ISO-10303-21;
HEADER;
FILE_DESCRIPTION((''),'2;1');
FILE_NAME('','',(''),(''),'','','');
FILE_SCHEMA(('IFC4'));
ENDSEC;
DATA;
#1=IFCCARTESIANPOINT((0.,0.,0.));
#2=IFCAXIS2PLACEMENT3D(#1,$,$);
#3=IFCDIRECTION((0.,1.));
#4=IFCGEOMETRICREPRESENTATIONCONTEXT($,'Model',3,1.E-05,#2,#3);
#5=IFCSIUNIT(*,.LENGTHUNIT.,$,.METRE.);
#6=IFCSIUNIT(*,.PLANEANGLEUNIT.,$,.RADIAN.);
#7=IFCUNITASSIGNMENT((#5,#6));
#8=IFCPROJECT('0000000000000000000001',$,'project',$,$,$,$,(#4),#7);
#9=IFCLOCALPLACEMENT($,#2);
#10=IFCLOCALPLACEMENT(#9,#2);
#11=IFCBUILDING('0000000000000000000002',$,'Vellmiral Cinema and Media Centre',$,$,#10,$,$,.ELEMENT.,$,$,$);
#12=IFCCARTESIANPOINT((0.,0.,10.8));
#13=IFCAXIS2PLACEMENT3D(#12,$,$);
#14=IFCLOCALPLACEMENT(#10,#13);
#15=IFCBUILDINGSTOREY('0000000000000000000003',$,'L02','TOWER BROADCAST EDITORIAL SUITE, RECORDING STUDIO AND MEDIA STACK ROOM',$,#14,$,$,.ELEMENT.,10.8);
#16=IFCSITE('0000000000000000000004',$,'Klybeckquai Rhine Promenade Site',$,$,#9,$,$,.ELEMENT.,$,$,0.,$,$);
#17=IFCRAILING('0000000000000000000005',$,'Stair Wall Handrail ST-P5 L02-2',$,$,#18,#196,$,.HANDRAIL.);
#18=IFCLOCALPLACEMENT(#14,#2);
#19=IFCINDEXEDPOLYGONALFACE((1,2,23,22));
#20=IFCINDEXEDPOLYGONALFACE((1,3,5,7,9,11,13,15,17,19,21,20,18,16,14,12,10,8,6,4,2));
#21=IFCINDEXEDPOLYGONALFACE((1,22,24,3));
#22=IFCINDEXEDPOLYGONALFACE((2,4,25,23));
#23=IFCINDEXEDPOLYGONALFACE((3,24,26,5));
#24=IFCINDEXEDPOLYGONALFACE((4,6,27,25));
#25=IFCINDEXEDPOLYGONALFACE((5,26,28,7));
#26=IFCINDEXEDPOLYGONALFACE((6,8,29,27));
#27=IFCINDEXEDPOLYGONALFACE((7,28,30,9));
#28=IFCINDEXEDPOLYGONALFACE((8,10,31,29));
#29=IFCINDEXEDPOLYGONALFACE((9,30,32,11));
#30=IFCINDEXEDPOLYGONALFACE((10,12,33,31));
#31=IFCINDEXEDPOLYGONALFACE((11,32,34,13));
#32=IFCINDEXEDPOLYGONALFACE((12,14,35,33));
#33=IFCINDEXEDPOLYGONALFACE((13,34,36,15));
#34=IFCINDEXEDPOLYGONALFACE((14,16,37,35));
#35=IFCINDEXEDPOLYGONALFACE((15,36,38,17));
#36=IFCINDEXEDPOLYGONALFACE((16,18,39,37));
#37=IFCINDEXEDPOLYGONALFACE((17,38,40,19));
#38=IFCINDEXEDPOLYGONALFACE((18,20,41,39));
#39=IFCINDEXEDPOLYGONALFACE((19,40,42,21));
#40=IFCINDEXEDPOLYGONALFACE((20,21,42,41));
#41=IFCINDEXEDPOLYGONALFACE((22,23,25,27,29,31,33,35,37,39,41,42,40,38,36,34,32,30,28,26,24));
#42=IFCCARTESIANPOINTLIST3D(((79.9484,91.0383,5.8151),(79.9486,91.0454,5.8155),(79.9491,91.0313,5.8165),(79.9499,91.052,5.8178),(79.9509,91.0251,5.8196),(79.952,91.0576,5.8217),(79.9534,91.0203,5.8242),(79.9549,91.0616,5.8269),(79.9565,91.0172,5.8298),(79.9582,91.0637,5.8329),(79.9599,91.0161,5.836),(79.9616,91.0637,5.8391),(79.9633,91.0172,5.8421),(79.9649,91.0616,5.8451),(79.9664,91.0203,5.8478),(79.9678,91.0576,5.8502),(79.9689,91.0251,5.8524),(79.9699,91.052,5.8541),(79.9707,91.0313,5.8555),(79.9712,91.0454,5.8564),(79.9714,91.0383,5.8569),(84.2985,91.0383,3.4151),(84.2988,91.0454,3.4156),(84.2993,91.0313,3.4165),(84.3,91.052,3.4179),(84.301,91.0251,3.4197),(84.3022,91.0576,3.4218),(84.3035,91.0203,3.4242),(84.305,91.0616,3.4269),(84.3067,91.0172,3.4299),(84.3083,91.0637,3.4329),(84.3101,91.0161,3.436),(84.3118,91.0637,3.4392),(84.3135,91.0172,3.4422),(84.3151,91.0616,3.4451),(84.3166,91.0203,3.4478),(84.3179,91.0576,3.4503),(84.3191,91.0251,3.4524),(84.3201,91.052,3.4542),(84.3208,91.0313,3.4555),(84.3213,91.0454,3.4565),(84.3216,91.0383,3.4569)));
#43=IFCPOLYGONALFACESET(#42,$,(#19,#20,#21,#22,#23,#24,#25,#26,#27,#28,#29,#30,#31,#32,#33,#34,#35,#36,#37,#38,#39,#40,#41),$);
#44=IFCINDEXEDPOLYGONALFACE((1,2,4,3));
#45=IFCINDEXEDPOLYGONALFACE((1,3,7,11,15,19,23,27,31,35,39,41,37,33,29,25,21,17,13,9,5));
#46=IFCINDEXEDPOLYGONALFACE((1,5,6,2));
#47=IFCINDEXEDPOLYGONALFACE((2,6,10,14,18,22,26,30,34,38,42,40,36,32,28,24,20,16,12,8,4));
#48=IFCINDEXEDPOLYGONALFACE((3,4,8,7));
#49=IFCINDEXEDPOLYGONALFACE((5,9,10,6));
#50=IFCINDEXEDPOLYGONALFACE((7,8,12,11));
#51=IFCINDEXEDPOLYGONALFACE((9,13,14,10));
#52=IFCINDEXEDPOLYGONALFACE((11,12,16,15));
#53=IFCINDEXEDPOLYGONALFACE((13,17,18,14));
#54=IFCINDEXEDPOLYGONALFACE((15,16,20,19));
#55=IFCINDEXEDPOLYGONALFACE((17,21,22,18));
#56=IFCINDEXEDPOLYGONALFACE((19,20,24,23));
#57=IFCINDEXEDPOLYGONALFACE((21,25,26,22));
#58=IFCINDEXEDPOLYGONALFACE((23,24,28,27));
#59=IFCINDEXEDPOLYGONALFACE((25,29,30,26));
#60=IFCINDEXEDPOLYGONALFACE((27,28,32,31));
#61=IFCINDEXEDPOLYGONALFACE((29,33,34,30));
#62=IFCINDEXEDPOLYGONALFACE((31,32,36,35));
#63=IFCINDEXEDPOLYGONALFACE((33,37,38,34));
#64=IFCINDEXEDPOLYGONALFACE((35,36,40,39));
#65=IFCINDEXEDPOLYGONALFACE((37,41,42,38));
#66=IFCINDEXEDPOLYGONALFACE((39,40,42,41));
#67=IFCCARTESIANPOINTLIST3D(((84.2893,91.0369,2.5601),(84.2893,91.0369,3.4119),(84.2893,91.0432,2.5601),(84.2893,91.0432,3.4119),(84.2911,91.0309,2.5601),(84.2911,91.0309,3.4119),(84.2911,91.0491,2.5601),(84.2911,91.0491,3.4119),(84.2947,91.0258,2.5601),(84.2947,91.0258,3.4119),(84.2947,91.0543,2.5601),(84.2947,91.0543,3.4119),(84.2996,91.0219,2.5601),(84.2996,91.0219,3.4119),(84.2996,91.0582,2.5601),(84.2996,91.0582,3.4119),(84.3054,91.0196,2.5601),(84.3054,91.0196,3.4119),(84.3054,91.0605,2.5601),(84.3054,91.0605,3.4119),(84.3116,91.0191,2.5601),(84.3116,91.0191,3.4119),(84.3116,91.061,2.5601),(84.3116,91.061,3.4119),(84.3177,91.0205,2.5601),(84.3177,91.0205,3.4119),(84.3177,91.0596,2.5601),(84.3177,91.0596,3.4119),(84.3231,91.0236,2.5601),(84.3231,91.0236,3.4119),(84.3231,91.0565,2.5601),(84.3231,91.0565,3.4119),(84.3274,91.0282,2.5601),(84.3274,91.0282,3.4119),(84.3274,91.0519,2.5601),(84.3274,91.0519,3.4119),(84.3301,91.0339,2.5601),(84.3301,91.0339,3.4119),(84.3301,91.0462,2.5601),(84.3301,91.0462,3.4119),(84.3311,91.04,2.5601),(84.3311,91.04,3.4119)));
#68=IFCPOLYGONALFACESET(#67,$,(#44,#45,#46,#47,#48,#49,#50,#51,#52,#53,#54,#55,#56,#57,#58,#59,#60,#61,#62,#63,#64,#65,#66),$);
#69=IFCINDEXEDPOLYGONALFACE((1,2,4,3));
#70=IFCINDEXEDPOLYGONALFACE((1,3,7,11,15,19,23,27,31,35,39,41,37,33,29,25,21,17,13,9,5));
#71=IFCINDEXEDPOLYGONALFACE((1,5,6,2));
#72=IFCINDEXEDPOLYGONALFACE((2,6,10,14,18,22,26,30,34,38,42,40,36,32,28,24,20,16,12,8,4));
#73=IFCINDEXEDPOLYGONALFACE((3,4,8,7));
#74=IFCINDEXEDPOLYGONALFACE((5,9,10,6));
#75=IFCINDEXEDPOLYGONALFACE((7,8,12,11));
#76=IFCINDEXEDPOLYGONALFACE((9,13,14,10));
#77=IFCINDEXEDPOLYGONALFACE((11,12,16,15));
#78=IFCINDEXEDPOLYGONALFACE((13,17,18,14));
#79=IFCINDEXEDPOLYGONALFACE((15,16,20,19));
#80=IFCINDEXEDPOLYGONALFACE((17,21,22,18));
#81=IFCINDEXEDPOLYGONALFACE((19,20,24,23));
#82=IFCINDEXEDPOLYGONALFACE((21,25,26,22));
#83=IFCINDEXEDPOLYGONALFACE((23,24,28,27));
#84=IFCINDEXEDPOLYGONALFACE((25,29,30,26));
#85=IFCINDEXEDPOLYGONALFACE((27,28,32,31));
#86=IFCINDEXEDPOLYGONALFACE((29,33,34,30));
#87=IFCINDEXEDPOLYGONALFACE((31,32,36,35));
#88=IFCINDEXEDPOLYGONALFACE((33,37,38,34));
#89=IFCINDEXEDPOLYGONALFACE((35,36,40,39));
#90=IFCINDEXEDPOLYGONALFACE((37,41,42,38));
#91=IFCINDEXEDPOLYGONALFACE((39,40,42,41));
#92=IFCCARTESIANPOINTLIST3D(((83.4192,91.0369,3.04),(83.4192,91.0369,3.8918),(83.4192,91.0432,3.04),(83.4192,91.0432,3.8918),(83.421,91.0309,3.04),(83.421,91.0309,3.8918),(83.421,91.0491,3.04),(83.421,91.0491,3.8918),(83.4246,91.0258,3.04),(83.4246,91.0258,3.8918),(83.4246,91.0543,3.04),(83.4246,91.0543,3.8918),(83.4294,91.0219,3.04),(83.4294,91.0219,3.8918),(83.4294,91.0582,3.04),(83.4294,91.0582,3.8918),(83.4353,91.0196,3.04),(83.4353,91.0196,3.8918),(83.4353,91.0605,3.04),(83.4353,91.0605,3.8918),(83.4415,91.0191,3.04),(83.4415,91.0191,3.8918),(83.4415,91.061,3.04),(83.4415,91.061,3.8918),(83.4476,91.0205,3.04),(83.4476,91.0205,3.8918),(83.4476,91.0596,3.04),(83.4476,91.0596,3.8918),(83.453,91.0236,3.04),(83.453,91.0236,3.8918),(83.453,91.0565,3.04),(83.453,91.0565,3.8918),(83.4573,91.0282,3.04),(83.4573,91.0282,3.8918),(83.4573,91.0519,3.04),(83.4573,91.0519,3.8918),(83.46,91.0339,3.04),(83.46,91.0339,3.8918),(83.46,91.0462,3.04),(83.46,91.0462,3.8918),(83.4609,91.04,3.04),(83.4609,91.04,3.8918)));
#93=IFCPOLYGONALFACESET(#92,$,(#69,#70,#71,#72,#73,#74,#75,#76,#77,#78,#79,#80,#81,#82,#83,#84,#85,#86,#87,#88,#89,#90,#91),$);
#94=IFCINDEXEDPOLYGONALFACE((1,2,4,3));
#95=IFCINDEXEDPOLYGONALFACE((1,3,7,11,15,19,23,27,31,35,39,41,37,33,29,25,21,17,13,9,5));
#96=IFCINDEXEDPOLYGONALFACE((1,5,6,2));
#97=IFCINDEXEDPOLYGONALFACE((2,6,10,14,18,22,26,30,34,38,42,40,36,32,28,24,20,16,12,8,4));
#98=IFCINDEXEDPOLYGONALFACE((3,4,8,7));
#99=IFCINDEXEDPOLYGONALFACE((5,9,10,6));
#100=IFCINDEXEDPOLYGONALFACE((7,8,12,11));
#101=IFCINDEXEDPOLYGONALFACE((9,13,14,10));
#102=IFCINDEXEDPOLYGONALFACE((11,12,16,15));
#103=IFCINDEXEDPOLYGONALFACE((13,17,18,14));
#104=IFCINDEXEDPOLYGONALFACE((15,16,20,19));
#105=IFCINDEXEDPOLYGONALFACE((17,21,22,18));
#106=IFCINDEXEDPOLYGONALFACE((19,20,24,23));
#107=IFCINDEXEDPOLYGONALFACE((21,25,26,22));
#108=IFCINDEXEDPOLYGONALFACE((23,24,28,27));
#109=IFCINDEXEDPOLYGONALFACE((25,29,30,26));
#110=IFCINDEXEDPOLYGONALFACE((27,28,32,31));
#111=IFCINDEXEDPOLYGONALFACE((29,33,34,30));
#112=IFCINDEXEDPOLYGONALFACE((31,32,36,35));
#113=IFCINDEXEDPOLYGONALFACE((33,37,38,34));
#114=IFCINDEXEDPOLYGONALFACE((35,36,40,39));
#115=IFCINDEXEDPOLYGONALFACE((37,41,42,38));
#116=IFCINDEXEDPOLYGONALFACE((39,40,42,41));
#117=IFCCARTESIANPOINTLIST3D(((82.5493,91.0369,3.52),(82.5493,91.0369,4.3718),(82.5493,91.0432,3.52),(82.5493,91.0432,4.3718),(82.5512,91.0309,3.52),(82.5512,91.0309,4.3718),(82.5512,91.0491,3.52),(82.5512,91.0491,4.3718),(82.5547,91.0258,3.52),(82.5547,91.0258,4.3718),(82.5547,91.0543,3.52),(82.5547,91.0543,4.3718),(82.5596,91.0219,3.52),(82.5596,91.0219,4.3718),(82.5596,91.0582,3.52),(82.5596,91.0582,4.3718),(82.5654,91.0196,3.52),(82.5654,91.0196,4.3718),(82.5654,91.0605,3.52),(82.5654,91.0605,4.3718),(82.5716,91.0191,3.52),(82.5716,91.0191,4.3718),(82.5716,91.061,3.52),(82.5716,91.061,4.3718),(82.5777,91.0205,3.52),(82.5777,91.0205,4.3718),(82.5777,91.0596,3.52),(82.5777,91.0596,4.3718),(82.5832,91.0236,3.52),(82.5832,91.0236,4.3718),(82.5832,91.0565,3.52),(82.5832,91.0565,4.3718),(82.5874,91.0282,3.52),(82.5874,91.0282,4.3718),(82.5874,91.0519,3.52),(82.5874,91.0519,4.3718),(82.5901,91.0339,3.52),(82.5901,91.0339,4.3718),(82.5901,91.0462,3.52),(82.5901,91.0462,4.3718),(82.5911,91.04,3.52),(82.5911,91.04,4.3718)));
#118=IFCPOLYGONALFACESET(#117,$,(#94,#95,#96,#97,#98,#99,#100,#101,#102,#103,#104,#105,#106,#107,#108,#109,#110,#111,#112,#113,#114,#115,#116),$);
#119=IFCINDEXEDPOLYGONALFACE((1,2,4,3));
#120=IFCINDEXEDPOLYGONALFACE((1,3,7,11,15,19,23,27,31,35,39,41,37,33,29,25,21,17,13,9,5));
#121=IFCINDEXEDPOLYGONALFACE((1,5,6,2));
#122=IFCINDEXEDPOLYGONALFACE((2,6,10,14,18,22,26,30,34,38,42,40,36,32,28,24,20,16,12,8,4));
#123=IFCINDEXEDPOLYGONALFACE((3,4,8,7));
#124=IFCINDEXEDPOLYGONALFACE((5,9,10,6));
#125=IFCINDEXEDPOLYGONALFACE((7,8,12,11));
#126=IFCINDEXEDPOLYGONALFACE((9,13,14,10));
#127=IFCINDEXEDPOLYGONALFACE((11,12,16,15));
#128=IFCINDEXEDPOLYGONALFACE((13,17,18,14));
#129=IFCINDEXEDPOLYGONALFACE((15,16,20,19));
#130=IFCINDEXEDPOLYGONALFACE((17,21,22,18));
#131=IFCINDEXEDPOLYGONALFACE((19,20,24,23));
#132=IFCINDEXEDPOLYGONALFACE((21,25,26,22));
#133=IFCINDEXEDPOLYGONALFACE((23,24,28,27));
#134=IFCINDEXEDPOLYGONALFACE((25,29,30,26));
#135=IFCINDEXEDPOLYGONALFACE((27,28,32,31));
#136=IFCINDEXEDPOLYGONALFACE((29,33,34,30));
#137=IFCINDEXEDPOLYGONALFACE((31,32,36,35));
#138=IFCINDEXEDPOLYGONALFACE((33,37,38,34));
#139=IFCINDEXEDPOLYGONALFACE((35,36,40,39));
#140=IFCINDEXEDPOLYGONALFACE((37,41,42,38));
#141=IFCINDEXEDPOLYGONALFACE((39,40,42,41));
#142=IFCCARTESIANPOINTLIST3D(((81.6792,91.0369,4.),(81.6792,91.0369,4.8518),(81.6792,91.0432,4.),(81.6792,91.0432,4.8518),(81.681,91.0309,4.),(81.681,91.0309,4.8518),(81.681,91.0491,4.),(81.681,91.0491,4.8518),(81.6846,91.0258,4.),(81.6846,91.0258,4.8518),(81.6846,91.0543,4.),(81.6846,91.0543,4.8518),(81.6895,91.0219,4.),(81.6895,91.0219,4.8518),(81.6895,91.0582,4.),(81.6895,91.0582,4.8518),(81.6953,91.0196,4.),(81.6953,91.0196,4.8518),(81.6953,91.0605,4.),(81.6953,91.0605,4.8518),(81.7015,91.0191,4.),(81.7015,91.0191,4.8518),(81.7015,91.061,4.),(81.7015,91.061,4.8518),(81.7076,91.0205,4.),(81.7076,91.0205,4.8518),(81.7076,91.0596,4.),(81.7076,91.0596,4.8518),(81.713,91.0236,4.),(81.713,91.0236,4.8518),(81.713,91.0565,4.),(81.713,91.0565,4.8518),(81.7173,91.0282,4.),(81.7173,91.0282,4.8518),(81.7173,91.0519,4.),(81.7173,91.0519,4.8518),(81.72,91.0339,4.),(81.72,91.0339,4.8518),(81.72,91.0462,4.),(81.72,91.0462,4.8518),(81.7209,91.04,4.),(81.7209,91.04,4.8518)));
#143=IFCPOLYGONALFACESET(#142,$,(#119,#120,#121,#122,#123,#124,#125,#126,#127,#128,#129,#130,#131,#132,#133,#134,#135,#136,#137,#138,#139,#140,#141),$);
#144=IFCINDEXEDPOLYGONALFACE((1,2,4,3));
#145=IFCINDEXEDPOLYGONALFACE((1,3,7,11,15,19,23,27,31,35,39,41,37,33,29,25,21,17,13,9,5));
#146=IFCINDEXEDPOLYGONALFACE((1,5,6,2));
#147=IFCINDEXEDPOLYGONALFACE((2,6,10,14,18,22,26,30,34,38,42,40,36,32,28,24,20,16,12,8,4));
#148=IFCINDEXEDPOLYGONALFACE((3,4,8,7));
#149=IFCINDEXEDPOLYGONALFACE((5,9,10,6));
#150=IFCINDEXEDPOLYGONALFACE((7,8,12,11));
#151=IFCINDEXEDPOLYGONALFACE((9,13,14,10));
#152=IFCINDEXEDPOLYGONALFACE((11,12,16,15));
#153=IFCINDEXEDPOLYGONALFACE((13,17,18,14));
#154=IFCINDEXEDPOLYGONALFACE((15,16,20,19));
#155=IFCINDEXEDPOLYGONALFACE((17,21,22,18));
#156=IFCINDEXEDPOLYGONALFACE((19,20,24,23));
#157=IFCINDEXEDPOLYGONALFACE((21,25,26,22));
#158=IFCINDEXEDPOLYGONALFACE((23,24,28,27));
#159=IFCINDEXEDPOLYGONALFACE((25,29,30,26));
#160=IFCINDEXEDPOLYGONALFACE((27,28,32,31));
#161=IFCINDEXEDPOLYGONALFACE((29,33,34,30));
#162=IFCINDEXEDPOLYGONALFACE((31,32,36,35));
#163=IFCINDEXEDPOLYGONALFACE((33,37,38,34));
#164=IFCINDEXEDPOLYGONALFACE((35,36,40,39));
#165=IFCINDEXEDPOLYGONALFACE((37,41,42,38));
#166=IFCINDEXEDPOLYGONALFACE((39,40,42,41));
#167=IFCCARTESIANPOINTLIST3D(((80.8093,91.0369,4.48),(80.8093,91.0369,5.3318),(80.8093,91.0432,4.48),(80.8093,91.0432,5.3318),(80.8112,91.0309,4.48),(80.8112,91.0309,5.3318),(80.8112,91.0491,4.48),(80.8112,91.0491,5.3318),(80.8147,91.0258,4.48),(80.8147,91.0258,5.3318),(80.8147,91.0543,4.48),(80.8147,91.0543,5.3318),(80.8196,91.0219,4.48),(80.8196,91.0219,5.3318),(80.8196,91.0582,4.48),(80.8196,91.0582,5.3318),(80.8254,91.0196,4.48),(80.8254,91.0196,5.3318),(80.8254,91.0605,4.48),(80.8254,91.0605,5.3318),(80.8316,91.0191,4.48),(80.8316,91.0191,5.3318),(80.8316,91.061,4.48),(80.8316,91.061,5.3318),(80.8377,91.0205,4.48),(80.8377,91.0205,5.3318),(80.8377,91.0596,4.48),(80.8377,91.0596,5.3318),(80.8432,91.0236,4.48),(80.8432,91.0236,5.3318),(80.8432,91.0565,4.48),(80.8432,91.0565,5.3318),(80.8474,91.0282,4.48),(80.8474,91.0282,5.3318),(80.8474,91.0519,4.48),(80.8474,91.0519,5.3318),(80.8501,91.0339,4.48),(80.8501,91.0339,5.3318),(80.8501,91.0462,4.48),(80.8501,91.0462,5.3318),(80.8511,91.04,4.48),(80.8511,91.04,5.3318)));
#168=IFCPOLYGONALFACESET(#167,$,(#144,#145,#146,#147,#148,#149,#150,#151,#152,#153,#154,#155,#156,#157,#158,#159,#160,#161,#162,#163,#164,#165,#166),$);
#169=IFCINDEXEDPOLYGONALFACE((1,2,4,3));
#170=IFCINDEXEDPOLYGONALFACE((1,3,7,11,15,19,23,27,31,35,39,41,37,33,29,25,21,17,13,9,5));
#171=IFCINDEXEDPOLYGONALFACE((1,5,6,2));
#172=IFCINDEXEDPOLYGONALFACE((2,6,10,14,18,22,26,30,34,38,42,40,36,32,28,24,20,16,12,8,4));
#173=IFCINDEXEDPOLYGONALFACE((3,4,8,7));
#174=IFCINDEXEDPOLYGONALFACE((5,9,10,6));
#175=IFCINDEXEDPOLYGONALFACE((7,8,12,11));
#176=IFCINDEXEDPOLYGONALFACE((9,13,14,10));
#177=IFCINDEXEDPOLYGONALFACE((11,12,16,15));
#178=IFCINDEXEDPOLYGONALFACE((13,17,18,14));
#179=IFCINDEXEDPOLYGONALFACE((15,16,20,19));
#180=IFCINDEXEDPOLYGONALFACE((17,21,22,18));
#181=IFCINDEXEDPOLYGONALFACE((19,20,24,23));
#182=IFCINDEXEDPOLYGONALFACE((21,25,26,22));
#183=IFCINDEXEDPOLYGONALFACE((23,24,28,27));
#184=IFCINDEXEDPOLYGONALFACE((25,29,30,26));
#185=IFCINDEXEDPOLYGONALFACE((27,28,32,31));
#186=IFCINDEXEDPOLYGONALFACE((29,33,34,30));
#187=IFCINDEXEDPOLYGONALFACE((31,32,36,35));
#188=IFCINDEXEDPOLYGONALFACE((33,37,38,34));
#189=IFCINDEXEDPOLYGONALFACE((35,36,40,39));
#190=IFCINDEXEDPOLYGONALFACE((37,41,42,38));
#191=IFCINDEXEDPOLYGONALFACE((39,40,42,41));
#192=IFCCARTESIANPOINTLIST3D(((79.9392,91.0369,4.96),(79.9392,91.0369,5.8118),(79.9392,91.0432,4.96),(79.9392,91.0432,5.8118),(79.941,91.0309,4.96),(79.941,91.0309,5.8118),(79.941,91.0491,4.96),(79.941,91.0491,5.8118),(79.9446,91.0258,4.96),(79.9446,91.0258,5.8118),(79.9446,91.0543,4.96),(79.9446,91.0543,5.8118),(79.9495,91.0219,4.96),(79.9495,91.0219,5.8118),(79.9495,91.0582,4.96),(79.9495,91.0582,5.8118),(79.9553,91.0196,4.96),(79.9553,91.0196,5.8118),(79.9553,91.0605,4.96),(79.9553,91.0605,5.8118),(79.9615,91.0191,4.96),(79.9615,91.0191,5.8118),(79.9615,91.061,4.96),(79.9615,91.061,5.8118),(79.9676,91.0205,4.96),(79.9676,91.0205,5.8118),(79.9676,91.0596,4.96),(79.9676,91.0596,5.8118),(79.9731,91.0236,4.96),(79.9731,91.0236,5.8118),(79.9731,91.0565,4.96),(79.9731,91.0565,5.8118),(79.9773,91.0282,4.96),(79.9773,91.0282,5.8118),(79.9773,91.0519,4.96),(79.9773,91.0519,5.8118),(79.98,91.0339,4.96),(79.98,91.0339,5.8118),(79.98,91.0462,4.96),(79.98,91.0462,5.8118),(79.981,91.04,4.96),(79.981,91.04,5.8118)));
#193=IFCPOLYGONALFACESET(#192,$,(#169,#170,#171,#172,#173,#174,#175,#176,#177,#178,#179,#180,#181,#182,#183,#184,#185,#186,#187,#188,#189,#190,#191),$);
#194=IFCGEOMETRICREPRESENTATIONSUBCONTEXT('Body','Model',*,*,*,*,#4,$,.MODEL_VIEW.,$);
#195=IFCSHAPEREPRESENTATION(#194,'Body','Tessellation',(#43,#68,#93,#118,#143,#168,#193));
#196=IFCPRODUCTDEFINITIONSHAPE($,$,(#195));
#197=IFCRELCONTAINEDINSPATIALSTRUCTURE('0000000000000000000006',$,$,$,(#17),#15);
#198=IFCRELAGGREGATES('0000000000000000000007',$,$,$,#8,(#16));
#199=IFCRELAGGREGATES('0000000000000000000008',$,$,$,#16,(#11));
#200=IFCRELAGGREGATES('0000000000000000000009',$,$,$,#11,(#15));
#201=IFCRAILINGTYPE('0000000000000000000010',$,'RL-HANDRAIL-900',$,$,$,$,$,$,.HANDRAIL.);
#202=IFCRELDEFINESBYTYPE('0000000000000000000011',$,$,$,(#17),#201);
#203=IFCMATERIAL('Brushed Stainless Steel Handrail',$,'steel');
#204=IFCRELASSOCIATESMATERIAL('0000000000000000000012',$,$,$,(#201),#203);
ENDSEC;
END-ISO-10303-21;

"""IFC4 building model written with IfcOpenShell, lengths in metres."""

from ifc_helpers import new_model, si_unit, direction, frame, origin, origin_2d, place, context, subcontext, project, spatial, circle, extrude, material, type_object, element, save


model = new_model("IFC4")

# Units and contexts
model_context = context("Model", 3, precision=1e-05, world=origin(), true_north=direction((0.0, 1.0)))
body_context = subcontext(model_context, "Body", "Model", "MODEL_VIEW")
ifc_project = project(units=[si_unit("LENGTHUNIT", "METRE"), si_unit("PLANEANGLEUNIT", "RADIAN")], contexts=[model_context])

# Site, building, storey
site_placement = place(None, origin())
site = spatial("IfcSite", under=ifc_project, at=site_placement, Name="Klybeckquai Rhine Promenade Site", CompositionType="ELEMENT", RefElevation=0.0)
building_placement = place(site_placement, origin())
building = spatial("IfcBuilding", under=site, at=building_placement, Name="Vellmiral Cinema and Media Centre", CompositionType="ELEMENT")
storey_placement = place(building_placement, frame((0.0, 0.0, 10.8)))
storey = spatial("IfcBuildingStorey", under=building, at=storey_placement, Name="L02", Description="TOWER BROADCAST EDITORIAL SUITE, RECORDING STUDIO AND MEDIA STACK ROOM", CompositionType="ELEMENT", Elevation=10.8)

# Railing
ifc_material_1 = material(Name="Brushed Stainless Steel Handrail", Category="steel")
railing_type_1 = type_object("IfcRailingType", Name="RL-HANDRAIL-900", PredefinedType="HANDRAIL", material=ifc_material_1)
railing_1_placement = place(storey_placement, frame((84.3101, 91.04, 2.5601)))
element("IfcRailing", 1, at=railing_1_placement, inside=storey, type_object=railing_type_1, Name="Stair Wall Handrail ST-P5 L02-2", PredefinedType="HANDRAIL", context=body_context, shape_type="SweptSolid", body=[
    extrude(circle(Radius=0.0239, at=origin_2d()), frame((0.0, 0.0, 0.876), z_axis=(-0.875591, 0.0, 0.483054), x_axis=(0.0, -1.0, 0.0)), (0.0, 0.0, 1.0), 4.9683),
    extrude(circle(Radius=0.021, at=origin_2d()), origin(), (0.0, 0.0, 1.0), 0.8518),
    extrude(circle(Radius=0.021, at=origin_2d()), frame((-0.8701, 0.0, 0.48)), (0.0, 0.0, 1.0), 0.8518),
    extrude(circle(Radius=0.021, at=origin_2d()), frame((-1.74, 0.0, 0.96)), (0.0, 0.0, 1.0), 0.8518),
    extrude(circle(Radius=0.021, at=origin_2d()), frame((-2.6101, 0.0, 1.4399)), (0.0, 0.0, 1.0), 0.8518),
    extrude(circle(Radius=0.021, at=origin_2d()), frame((-3.48, 0.0, 1.9199)), (0.0, 0.0, 1.0), 0.8518),
    extrude(circle(Radius=0.021, at=origin_2d()), frame((-4.3501, 0.0, 2.3999)), (0.0, 0.0, 1.0), 0.8518),
])

save(model, "model.ifc")
